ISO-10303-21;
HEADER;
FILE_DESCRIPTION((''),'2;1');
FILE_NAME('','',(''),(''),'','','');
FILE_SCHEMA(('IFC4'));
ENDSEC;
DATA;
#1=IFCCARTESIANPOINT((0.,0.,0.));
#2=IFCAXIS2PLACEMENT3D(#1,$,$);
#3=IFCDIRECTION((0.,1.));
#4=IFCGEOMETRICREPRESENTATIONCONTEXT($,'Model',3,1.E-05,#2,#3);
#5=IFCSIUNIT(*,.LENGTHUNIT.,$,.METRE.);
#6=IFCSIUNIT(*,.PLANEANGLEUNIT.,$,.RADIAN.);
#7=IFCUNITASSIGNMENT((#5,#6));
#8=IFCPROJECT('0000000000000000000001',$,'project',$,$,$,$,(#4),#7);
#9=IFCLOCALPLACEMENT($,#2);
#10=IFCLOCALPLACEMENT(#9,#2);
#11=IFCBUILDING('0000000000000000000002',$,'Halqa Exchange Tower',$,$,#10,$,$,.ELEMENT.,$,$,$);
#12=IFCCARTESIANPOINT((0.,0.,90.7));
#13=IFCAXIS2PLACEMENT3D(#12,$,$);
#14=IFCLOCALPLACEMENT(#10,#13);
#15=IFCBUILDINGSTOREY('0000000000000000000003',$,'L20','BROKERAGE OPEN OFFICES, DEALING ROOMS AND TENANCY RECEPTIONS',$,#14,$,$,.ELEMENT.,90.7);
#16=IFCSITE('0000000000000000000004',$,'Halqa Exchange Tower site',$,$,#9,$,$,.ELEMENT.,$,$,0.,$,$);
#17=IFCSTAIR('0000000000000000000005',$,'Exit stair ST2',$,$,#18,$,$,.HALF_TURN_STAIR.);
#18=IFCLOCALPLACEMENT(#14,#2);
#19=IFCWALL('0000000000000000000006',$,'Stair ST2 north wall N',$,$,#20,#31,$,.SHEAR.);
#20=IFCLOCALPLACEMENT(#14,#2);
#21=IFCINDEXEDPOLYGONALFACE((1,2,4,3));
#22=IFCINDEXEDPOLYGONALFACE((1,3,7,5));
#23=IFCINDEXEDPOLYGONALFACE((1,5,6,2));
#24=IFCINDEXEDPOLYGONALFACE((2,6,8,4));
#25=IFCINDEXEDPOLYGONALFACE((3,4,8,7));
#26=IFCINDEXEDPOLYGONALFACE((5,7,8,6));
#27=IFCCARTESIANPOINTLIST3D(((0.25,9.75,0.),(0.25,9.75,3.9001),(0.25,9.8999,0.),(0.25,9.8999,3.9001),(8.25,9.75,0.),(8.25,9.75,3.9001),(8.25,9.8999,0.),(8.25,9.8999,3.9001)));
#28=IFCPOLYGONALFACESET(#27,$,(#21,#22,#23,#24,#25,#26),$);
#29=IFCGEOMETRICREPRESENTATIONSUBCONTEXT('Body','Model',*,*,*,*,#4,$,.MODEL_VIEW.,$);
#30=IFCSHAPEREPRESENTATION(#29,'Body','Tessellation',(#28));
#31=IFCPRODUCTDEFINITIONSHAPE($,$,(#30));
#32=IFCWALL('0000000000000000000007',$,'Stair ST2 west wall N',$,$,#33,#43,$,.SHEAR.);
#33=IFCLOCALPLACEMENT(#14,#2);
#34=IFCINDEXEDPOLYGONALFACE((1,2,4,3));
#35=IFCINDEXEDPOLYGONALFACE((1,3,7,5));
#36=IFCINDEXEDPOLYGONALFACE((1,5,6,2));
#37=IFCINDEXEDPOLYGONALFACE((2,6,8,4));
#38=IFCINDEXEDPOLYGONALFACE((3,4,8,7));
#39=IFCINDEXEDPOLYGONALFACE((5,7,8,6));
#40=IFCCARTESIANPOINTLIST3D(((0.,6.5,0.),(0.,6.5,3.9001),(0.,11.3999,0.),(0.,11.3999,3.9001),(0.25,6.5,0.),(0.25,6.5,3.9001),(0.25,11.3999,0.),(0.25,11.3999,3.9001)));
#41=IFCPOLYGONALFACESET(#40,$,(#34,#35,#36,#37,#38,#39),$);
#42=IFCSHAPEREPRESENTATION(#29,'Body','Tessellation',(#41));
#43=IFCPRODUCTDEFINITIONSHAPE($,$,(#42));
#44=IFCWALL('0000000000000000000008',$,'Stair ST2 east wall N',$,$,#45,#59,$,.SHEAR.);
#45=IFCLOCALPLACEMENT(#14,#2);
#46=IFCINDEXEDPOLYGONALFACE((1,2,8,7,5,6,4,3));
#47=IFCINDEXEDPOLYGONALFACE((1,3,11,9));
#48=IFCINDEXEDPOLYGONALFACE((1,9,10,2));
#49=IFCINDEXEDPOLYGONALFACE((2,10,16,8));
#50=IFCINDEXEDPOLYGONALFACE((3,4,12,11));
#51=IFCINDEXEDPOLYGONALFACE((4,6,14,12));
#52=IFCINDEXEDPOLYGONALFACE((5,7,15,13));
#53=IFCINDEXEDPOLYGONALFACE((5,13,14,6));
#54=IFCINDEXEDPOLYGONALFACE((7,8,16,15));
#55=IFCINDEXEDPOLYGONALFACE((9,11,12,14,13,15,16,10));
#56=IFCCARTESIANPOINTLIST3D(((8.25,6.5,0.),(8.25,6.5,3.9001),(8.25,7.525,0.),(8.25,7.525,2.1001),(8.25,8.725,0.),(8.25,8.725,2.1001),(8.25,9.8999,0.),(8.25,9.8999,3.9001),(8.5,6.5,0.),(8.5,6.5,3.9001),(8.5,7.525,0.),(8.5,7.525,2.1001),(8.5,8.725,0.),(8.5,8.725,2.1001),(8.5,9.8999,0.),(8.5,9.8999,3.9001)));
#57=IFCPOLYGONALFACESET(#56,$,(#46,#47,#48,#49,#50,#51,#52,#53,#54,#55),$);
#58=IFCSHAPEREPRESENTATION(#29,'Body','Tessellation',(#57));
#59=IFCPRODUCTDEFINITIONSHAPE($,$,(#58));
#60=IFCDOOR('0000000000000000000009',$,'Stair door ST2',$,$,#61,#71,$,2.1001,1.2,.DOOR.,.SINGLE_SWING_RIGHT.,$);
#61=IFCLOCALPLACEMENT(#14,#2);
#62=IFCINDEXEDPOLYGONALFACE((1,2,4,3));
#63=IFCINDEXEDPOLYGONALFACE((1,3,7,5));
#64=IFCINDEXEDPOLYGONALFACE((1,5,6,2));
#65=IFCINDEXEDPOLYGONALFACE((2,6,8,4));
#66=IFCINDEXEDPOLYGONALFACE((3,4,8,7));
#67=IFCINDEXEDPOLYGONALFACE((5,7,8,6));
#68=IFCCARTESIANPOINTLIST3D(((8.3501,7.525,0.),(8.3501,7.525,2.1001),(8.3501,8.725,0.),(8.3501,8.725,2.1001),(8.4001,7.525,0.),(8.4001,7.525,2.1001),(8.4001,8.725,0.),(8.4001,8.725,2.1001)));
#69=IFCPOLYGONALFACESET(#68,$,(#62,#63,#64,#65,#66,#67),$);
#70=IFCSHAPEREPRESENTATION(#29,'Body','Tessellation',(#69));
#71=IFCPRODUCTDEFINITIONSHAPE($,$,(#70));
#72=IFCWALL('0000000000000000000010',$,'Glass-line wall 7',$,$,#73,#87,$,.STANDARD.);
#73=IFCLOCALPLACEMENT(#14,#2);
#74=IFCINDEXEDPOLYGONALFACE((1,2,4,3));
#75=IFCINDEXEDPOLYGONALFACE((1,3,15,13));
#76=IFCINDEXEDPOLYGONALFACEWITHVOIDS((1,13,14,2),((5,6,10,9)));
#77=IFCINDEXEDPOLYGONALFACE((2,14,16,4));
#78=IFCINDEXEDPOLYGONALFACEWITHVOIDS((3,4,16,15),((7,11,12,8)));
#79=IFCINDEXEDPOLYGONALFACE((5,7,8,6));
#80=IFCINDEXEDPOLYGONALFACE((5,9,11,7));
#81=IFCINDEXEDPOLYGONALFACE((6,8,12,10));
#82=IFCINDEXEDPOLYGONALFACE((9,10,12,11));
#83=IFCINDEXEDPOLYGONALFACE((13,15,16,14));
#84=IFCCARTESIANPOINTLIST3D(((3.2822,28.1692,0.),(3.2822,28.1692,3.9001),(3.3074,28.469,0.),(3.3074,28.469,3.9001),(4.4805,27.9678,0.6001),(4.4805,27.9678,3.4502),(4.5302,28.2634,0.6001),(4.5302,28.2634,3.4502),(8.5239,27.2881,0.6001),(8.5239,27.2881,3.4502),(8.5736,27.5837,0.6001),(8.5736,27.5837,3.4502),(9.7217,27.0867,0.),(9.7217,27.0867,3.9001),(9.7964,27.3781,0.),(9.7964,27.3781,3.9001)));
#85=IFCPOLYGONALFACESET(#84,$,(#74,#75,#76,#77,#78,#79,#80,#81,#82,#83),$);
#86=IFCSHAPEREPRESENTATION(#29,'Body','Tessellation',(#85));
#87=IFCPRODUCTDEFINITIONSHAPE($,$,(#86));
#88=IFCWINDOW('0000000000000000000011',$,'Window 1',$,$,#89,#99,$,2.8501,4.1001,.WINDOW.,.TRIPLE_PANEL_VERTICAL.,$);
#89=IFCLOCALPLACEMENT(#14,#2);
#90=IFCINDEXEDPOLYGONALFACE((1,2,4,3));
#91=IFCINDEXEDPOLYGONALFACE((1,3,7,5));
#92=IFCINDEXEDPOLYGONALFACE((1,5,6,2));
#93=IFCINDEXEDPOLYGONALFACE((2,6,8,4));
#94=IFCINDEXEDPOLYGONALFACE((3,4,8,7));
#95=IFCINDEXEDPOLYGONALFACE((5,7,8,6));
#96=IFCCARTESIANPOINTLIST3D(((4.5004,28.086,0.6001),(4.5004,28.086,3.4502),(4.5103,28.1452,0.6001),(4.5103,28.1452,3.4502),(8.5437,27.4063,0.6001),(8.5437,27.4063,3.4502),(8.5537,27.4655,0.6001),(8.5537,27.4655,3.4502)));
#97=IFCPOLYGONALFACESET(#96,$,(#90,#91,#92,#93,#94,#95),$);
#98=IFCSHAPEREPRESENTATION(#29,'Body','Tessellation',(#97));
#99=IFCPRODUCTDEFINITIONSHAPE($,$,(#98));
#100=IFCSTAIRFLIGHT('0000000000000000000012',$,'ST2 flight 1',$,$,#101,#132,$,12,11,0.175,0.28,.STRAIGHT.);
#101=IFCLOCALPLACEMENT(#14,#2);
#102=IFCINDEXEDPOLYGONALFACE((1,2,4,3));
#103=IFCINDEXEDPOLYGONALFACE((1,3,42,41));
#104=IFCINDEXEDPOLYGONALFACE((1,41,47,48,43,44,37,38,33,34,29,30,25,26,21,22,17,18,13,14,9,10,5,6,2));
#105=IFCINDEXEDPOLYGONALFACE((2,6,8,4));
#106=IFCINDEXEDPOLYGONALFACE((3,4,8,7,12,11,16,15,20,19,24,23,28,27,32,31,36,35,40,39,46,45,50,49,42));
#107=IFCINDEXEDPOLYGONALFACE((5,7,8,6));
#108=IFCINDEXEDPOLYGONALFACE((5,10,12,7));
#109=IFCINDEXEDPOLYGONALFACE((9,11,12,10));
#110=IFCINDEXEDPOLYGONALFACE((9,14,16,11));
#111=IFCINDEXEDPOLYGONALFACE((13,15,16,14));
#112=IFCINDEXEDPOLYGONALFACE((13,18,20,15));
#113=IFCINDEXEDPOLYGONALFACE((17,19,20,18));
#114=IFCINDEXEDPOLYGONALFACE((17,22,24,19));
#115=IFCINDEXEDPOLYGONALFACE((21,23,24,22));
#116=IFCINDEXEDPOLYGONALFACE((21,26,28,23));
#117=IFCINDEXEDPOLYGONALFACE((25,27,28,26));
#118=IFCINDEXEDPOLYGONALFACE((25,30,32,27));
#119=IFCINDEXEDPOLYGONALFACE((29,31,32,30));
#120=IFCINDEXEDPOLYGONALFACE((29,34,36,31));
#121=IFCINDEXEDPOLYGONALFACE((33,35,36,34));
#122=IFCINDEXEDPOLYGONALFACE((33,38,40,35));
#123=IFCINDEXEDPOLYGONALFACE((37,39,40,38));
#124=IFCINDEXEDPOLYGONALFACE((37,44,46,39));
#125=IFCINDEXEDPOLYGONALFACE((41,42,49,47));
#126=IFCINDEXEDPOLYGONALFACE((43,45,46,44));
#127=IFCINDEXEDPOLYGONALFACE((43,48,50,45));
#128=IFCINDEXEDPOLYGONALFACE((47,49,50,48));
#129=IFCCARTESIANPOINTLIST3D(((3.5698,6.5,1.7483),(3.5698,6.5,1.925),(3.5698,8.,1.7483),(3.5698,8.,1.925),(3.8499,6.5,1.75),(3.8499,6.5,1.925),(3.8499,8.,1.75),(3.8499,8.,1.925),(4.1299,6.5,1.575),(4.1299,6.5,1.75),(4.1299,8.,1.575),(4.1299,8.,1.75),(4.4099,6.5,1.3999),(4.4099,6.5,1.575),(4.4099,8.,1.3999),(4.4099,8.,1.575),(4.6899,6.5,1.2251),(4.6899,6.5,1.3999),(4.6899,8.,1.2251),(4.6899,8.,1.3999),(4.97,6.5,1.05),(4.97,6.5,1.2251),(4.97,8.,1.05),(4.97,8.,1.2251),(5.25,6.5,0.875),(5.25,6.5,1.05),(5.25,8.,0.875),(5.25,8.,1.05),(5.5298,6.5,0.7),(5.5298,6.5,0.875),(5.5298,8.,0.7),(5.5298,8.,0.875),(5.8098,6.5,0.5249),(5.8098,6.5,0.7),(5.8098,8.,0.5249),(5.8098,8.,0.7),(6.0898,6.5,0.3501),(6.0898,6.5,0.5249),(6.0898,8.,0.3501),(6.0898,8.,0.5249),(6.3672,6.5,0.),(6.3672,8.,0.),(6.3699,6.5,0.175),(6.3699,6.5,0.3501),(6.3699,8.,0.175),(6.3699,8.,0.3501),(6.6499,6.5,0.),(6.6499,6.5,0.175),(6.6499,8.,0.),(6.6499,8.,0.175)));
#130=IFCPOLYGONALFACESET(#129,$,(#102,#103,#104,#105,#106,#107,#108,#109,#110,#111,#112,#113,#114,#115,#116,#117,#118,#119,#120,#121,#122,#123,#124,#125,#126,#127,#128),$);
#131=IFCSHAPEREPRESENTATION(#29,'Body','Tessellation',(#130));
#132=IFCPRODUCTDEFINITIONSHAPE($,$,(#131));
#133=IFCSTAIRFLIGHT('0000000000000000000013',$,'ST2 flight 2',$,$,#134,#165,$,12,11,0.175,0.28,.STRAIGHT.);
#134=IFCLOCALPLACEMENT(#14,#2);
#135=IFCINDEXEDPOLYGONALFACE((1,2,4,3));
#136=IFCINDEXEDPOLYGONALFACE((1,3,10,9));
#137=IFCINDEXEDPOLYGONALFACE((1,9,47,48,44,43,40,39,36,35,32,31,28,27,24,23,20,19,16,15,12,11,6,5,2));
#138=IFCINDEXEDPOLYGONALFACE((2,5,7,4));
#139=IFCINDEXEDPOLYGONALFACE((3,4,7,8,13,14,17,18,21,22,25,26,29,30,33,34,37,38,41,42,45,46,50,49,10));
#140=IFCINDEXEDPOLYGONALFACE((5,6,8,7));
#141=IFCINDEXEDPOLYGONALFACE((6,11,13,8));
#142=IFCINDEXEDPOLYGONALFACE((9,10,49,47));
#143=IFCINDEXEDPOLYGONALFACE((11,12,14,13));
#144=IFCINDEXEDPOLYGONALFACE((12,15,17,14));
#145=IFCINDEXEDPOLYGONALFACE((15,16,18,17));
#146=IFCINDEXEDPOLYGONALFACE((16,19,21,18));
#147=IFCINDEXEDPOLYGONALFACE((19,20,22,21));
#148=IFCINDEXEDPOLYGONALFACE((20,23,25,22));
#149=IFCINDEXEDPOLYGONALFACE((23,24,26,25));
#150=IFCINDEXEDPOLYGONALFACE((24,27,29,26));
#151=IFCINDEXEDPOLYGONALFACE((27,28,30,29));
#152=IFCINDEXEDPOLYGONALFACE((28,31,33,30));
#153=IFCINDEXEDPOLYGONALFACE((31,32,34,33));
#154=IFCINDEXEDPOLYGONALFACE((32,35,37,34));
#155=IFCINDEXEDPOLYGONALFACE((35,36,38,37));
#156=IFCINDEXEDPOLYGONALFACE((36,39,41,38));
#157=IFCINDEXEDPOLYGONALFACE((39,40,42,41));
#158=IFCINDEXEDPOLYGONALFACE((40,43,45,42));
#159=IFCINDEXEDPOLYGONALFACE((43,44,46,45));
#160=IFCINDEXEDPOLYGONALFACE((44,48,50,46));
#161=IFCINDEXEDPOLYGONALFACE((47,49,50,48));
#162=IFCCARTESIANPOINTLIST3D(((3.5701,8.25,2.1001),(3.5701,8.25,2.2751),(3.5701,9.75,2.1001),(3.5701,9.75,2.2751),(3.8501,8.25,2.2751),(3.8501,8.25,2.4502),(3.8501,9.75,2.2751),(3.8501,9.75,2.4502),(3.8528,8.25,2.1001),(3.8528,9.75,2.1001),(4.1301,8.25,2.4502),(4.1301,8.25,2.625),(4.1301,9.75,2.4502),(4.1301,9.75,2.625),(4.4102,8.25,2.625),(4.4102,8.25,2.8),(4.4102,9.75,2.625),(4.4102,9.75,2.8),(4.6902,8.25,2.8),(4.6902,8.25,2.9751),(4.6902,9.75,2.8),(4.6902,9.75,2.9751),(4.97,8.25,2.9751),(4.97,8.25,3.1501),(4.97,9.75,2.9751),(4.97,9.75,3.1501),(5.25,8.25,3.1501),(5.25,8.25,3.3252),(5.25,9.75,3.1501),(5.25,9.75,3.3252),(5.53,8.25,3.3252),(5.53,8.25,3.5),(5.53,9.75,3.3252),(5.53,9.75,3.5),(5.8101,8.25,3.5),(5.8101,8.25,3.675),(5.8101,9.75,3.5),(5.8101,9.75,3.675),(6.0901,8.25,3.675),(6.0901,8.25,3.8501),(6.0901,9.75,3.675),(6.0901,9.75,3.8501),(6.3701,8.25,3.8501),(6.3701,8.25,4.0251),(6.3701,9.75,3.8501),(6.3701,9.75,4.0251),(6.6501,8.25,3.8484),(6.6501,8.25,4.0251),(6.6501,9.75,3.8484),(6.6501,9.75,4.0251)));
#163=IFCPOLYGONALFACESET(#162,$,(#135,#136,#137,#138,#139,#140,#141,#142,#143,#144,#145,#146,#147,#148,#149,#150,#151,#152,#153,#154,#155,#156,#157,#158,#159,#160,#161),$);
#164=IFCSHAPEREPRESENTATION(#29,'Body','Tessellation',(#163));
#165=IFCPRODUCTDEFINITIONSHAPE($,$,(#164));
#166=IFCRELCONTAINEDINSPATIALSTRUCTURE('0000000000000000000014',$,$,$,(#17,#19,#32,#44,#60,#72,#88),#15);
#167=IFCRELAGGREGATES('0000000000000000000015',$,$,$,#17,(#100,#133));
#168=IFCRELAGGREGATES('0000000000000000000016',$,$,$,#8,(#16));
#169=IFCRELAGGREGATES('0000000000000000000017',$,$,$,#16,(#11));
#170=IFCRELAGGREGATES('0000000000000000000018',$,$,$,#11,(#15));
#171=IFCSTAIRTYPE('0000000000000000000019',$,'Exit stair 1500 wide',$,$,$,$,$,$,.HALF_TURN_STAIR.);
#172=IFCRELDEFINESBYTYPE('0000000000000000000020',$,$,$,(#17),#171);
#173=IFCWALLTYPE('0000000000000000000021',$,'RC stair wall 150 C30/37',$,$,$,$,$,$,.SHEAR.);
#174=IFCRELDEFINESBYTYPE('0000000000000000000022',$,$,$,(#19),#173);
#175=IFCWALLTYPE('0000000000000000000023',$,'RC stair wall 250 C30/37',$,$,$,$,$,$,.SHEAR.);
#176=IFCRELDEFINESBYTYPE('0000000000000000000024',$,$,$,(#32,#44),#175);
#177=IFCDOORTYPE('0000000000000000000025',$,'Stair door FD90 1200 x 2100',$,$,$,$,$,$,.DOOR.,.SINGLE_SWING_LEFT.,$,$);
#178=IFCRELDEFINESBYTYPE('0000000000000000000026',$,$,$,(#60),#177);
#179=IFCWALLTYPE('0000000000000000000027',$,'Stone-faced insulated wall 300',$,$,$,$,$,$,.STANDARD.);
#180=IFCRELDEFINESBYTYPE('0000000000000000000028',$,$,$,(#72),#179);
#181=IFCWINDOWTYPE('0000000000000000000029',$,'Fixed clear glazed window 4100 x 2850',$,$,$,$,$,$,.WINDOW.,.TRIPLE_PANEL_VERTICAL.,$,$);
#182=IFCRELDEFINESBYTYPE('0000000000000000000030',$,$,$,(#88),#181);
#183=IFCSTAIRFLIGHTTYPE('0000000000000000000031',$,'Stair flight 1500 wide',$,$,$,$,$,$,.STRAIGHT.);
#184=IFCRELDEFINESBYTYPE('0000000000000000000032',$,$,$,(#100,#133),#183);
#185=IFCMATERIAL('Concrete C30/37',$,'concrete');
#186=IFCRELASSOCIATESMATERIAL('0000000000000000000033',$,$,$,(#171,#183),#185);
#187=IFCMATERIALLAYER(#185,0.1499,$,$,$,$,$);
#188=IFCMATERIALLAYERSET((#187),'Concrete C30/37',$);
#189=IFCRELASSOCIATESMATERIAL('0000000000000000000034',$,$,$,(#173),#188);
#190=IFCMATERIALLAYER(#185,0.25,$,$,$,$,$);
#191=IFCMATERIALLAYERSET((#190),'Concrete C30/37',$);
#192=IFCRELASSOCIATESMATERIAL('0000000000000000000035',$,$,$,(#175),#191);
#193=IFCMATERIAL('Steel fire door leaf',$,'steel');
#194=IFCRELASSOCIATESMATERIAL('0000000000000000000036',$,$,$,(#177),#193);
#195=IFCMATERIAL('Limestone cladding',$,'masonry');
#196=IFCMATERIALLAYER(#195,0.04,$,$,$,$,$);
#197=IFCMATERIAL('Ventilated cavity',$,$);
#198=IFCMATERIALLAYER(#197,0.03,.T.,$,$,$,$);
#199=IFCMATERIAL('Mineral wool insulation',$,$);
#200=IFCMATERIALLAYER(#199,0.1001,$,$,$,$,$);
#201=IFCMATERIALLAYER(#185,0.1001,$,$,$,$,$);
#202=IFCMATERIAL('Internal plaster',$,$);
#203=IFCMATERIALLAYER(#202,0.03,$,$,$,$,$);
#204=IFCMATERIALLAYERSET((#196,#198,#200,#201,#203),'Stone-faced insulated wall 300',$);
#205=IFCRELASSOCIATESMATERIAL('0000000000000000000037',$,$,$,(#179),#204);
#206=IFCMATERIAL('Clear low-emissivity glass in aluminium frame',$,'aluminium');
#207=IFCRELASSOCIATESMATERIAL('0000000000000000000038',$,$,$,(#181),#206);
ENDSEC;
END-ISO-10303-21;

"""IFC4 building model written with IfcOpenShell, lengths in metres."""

from ifc_helpers import new_model, si_unit, direction, frame, frame_2d, origin, place, context, subcontext, project, spatial, polyline, rectangle, outline, extrude, material, layer, layer_set, type_object, element, fill, aggregate, save


model = new_model("IFC4")

# Units and contexts
model_context = context("Model", 3, precision=1e-05, world=origin(), true_north=direction((0.0, 1.0)))
body_context = subcontext(model_context, "Body", "Model", "MODEL_VIEW")
ifc_project = project(units=[si_unit("LENGTHUNIT", "METRE"), si_unit("PLANEANGLEUNIT", "RADIAN")], contexts=[model_context])

# Site, building, storey
site_placement = place(None, origin())
site = spatial("IfcSite", under=ifc_project, at=site_placement, Name="Halqa Exchange Tower site", CompositionType="ELEMENT", RefElevation=0.0)
building_placement = place(site_placement, origin())
building = spatial("IfcBuilding", under=site, at=building_placement, Name="Halqa Exchange Tower", CompositionType="ELEMENT")
storey_placement = place(building_placement, frame((0.0, 0.0, 90.7)))
storey = spatial("IfcBuildingStorey", under=building, at=storey_placement, Name="L20", Description="BROKERAGE OPEN OFFICES, DEALING ROOMS AND TENANCY RECEPTIONS", CompositionType="ELEMENT", Elevation=90.7)

# Stair
ifc_material_1 = material(Name="Concrete C30/37", Category="concrete")
stair_type = type_object("IfcStairType", Name="Exit stair 1500 wide", PredefinedType="HALF_TURN_STAIR", material=ifc_material_1)
stair_1_placement = place(storey_placement, origin())
stair_1 = element("IfcStair", 1, at=stair_1_placement, inside=storey, type_object=stair_type, Name="Exit stair ST2", PredefinedType="HALF_TURN_STAIR")

# Walls
ifc_layer_1 = layer(ifc_material_1, 0.1499)
ifc_layer_set_1 = layer_set([ifc_layer_1], Name="Concrete C30/37")
wall_type_1 = type_object("IfcWallType", Name="RC stair wall 150 C30/37", PredefinedType="SHEAR", material=ifc_layer_set_1)
wall_1_placement = place(storey_placement, frame((0.25, 9.825, 0.0), z_axis=(0.0, 0.0, 1.0), x_axis=(1.0, 0.0, 0.0)))
element("IfcWall", 2, at=wall_1_placement, inside=storey, type_object=wall_type_1, Name="Stair ST2 north wall N", PredefinedType="SHEAR", context=body_context, shape_type="SweptSolid", body=[
    extrude(rectangle(XDim=8.0, YDim=0.1499, at=frame_2d((4.0, 0.0))), origin(), (0.0, 0.0, 1.0), 3.9001),
])
ifc_layer_2 = layer(ifc_material_1, 0.25)
ifc_layer_set_2 = layer_set([ifc_layer_2], Name="Concrete C30/37")
wall_type_2 = type_object("IfcWallType", Name="RC stair wall 250 C30/37", PredefinedType="SHEAR", material=ifc_layer_set_2)
wall_2_placement = place(storey_placement, frame((0.125, 6.5, 0.0), z_axis=(0.0, 0.0, 1.0), x_axis=(0.0, 1.0, 0.0)))
element("IfcWall", 3, at=wall_2_placement, inside=storey, type_object=wall_type_2, Name="Stair ST2 west wall N", PredefinedType="SHEAR", context=body_context, shape_type="SweptSolid", body=[
    extrude(rectangle(XDim=4.8999, YDim=0.25, at=frame_2d((2.45, 0.0))), origin(), (0.0, 0.0, 1.0), 3.9001),
])

# Wall, opening, door
wall_3_placement = place(storey_placement, frame((8.375, 6.5, 0.0), z_axis=(0.0, 0.0, 1.0), x_axis=(0.0, 1.0, 0.0)))
wall_3 = element("IfcWall", 4, at=wall_3_placement, inside=storey, type_object=wall_type_2, Name="Stair ST2 east wall N", PredefinedType="SHEAR", context=body_context, shape_type="SweptSolid", body=[
    extrude(rectangle(XDim=3.3999, YDim=0.25, at=frame_2d((1.7, 0.0))), origin(), (0.0, 0.0, 1.0), 3.9001),
])
opening_1_placement = place(wall_3_placement, frame((1.0249, 0.0, 0.0)))
opening_1 = element("IfcOpeningElement", 5, at=opening_1_placement, cuts=wall_3, PredefinedType="OPENING", context=body_context, shape_type="SweptSolid", body=[
    extrude(rectangle(XDim=1.2, YDim=2.1001, at=frame_2d((0.6001, 1.05))), frame((0.0, 0.137, 0.0), z_axis=(0.0, -1.0, 0.0), x_axis=(1.0, 0.0, 0.0)), (0.0, 0.0, 1.0), 0.2739),
])
ifc_material_2 = material(Name="Steel fire door leaf", Category="steel")
door_type_1 = type_object("IfcDoorType", Name="Stair door FD90 1200 x 2100", OperationType="SINGLE_SWING_LEFT", PredefinedType="DOOR", material=ifc_material_2)
door_1_placement = place(opening_1_placement, origin())
door_1 = element("IfcDoor", 6, at=door_1_placement, inside=storey, type_object=door_type_1, Name="Stair door ST2", OperationType="SINGLE_SWING_RIGHT", OverallHeight=2.1001, OverallWidth=1.2, PredefinedType="DOOR", context=body_context, shape_type="SweptSolid", body=[
    extrude(rectangle(XDim=1.2, YDim=2.1001, at=frame_2d((0.6001, 1.05))), frame((0.0, 0.0249, 0.0), z_axis=(0.0, -1.0, 0.0), x_axis=(1.0, 0.0, 0.0)), (0.0, 0.0, 1.0), 0.05),
])
fill(opening_1, door_1)

# Wall, opening, window
ifc_material_3 = material(Name="Limestone cladding", Category="masonry")
ifc_layer_3 = layer(ifc_material_3, 0.04)
ifc_material_4 = material(Name="Ventilated cavity")
ifc_layer_4 = layer(ifc_material_4, 0.03, ventilated=True)
ifc_material_5 = material(Name="Mineral wool insulation")
ifc_layer_5 = layer(ifc_material_5, 0.1001)
ifc_layer_6 = layer(ifc_material_1, 0.1001)
ifc_material_6 = material(Name="Internal plaster")
ifc_layer_7 = layer(ifc_material_6, 0.03)
ifc_layer_set_3 = layer_set([ifc_layer_3, ifc_layer_4, ifc_layer_5, ifc_layer_6, ifc_layer_7], Name="Stone-faced insulated wall 300")
wall_type_3 = type_object("IfcWallType", Name="Stone-faced insulated wall 300", PredefinedType="STANDARD", material=ifc_layer_set_3)
wall_4_placement = place(storey_placement, frame((9.759, 27.2324, 0.0), z_axis=(0.0, 0.0, 1.0), x_axis=(-0.986162, 0.165782, 0.0)))
wall_4 = element("IfcWall", 7, at=wall_4_placement, inside=storey, type_object=wall_type_3, Name="Glass-line wall 7", PredefinedType="STANDARD", context=body_context, shape_type="SweptSolid", body=[
    extrude(outline(polyline([(-0.0127, -0.1499), (6.5674, -0.1499), (6.5425, 0.1499), (0.0127, 0.1499), (-0.0127, -0.1499)])), origin(), (0.0, 0.0, 1.0), 3.9001),
])
opening_2_placement = place(wall_4_placement, frame((1.2273, 0.0, 0.6001)))
opening_2 = element("IfcOpeningElement", 8, at=opening_2_placement, cuts=wall_4, PredefinedType="OPENING", context=body_context, shape_type="SweptSolid", body=[
    extrude(rectangle(XDim=4.1001, YDim=2.8501, at=frame_2d((2.05, 1.425))), frame((0.0, 0.1621, 0.0), z_axis=(0.0, -1.0, 0.0), x_axis=(1.0, 0.0, 0.0)), (0.0, 0.0, 1.0), 0.324),
])
ifc_material_7 = material(Name="Clear low-emissivity glass in aluminium frame", Category="aluminium")
window_type = type_object("IfcWindowType", Name="Fixed clear glazed window 4100 x 2850", PartitioningType="TRIPLE_PANEL_VERTICAL", PredefinedType="WINDOW", material=ifc_material_7)
window_placement = place(opening_2_placement, origin())
window = element("IfcWindow", 9, at=window_placement, inside=storey, type_object=window_type, Name="Window 1", OverallHeight=2.8501, OverallWidth=4.1001, PartitioningType="TRIPLE_PANEL_VERTICAL", PredefinedType="WINDOW", context=body_context, shape_type="SweptSolid", body=[
    extrude(rectangle(XDim=4.1001, YDim=2.8501, at=frame_2d((2.05, 1.425))), frame((0.0, 0.03, 0.0), z_axis=(0.0, -1.0, 0.0), x_axis=(1.0, 0.0, 0.0)), (0.0, 0.0, 1.0), 0.0601),
])
fill(opening_2, window)

# Stair flights
stair_flight_type = type_object("IfcStairFlightType", Name="Stair flight 1500 wide", PredefinedType="STRAIGHT", material=ifc_material_1)
stair_flight_1_placement = place(storey_placement, frame((6.6499, 7.25, 0.0), z_axis=(0.0, 0.0, 1.0), x_axis=(-1.0, 0.0, 0.0)))
stair_flight_1 = element("IfcStairFlight", 10, at=stair_flight_1_placement, type_object=stair_flight_type, Name="ST2 flight 1", NumberOfRisers=12, NumberOfTreads=11, PredefinedType="STRAIGHT", RiserHeight=0.175, TreadLength=0.28, context=body_context, shape_type="SweptSolid", body=[
    extrude(outline(polyline([(0.0, 0.0), (0.0, 0.175), (0.28, 0.175), (0.28, 0.3501), (0.5601, 0.3501), (0.5601, 0.5249), (0.8401, 0.5249), (0.8401, 0.7), (1.1201, 0.7), (1.1201, 0.875), (1.3999, 0.875), (1.3999, 1.05), (1.6799, 1.05), (1.6799, 1.2251), (1.96, 1.2251), (1.96, 1.3999), (2.24, 1.3999), (2.24, 1.575), (2.52, 1.575), (2.52, 1.75), (2.8, 1.75), (2.8, 1.925), (3.0801, 1.925), (3.0801, 2.1001), (3.0801, 1.7483), (0.2827, 0.0), (0.0, 0.0)])), frame((0.0, 0.75, 0.0), z_axis=(0.0, -1.0, 0.0), x_axis=(1.0, 0.0, 0.0)), (0.0, 0.0, 1.0), 1.5),
])
stair_flight_2_placement = place(storey_placement, frame((3.5701, 9.0, 2.1001), z_axis=(0.0, 0.0, 1.0), x_axis=(1.0, 0.0, 0.0)))
stair_flight_2 = element("IfcStairFlight", 11, at=stair_flight_2_placement, type_object=stair_flight_type, Name="ST2 flight 2", NumberOfRisers=12, NumberOfTreads=11, PredefinedType="STRAIGHT", RiserHeight=0.175, TreadLength=0.28, context=body_context, shape_type="SweptSolid", body=[
    extrude(outline(polyline([(0.0, 0.0), (0.0, 0.175), (0.28, 0.175), (0.28, 0.3501), (0.5601, 0.3501), (0.5601, 0.5249), (0.8401, 0.5249), (0.8401, 0.7), (1.1201, 0.7), (1.1201, 0.875), (1.3999, 0.875), (1.3999, 1.05), (1.6799, 1.05), (1.6799, 1.2251), (1.96, 1.2251), (1.96, 1.3999), (2.24, 1.3999), (2.24, 1.575), (2.52, 1.575), (2.52, 1.75), (2.8, 1.75), (2.8, 1.925), (3.0801, 1.925), (3.0801, 2.1001), (3.0801, 1.7483), (0.2827, 0.0), (0.0, 0.0)])), frame((0.0, 0.75, 0.0), z_axis=(0.0, -1.0, 0.0), x_axis=(1.0, 0.0, 0.0)), (0.0, 0.0, 1.0), 1.5),
])
aggregate(stair_1, [stair_flight_1, stair_flight_2])

save(model, "model.ifc")
